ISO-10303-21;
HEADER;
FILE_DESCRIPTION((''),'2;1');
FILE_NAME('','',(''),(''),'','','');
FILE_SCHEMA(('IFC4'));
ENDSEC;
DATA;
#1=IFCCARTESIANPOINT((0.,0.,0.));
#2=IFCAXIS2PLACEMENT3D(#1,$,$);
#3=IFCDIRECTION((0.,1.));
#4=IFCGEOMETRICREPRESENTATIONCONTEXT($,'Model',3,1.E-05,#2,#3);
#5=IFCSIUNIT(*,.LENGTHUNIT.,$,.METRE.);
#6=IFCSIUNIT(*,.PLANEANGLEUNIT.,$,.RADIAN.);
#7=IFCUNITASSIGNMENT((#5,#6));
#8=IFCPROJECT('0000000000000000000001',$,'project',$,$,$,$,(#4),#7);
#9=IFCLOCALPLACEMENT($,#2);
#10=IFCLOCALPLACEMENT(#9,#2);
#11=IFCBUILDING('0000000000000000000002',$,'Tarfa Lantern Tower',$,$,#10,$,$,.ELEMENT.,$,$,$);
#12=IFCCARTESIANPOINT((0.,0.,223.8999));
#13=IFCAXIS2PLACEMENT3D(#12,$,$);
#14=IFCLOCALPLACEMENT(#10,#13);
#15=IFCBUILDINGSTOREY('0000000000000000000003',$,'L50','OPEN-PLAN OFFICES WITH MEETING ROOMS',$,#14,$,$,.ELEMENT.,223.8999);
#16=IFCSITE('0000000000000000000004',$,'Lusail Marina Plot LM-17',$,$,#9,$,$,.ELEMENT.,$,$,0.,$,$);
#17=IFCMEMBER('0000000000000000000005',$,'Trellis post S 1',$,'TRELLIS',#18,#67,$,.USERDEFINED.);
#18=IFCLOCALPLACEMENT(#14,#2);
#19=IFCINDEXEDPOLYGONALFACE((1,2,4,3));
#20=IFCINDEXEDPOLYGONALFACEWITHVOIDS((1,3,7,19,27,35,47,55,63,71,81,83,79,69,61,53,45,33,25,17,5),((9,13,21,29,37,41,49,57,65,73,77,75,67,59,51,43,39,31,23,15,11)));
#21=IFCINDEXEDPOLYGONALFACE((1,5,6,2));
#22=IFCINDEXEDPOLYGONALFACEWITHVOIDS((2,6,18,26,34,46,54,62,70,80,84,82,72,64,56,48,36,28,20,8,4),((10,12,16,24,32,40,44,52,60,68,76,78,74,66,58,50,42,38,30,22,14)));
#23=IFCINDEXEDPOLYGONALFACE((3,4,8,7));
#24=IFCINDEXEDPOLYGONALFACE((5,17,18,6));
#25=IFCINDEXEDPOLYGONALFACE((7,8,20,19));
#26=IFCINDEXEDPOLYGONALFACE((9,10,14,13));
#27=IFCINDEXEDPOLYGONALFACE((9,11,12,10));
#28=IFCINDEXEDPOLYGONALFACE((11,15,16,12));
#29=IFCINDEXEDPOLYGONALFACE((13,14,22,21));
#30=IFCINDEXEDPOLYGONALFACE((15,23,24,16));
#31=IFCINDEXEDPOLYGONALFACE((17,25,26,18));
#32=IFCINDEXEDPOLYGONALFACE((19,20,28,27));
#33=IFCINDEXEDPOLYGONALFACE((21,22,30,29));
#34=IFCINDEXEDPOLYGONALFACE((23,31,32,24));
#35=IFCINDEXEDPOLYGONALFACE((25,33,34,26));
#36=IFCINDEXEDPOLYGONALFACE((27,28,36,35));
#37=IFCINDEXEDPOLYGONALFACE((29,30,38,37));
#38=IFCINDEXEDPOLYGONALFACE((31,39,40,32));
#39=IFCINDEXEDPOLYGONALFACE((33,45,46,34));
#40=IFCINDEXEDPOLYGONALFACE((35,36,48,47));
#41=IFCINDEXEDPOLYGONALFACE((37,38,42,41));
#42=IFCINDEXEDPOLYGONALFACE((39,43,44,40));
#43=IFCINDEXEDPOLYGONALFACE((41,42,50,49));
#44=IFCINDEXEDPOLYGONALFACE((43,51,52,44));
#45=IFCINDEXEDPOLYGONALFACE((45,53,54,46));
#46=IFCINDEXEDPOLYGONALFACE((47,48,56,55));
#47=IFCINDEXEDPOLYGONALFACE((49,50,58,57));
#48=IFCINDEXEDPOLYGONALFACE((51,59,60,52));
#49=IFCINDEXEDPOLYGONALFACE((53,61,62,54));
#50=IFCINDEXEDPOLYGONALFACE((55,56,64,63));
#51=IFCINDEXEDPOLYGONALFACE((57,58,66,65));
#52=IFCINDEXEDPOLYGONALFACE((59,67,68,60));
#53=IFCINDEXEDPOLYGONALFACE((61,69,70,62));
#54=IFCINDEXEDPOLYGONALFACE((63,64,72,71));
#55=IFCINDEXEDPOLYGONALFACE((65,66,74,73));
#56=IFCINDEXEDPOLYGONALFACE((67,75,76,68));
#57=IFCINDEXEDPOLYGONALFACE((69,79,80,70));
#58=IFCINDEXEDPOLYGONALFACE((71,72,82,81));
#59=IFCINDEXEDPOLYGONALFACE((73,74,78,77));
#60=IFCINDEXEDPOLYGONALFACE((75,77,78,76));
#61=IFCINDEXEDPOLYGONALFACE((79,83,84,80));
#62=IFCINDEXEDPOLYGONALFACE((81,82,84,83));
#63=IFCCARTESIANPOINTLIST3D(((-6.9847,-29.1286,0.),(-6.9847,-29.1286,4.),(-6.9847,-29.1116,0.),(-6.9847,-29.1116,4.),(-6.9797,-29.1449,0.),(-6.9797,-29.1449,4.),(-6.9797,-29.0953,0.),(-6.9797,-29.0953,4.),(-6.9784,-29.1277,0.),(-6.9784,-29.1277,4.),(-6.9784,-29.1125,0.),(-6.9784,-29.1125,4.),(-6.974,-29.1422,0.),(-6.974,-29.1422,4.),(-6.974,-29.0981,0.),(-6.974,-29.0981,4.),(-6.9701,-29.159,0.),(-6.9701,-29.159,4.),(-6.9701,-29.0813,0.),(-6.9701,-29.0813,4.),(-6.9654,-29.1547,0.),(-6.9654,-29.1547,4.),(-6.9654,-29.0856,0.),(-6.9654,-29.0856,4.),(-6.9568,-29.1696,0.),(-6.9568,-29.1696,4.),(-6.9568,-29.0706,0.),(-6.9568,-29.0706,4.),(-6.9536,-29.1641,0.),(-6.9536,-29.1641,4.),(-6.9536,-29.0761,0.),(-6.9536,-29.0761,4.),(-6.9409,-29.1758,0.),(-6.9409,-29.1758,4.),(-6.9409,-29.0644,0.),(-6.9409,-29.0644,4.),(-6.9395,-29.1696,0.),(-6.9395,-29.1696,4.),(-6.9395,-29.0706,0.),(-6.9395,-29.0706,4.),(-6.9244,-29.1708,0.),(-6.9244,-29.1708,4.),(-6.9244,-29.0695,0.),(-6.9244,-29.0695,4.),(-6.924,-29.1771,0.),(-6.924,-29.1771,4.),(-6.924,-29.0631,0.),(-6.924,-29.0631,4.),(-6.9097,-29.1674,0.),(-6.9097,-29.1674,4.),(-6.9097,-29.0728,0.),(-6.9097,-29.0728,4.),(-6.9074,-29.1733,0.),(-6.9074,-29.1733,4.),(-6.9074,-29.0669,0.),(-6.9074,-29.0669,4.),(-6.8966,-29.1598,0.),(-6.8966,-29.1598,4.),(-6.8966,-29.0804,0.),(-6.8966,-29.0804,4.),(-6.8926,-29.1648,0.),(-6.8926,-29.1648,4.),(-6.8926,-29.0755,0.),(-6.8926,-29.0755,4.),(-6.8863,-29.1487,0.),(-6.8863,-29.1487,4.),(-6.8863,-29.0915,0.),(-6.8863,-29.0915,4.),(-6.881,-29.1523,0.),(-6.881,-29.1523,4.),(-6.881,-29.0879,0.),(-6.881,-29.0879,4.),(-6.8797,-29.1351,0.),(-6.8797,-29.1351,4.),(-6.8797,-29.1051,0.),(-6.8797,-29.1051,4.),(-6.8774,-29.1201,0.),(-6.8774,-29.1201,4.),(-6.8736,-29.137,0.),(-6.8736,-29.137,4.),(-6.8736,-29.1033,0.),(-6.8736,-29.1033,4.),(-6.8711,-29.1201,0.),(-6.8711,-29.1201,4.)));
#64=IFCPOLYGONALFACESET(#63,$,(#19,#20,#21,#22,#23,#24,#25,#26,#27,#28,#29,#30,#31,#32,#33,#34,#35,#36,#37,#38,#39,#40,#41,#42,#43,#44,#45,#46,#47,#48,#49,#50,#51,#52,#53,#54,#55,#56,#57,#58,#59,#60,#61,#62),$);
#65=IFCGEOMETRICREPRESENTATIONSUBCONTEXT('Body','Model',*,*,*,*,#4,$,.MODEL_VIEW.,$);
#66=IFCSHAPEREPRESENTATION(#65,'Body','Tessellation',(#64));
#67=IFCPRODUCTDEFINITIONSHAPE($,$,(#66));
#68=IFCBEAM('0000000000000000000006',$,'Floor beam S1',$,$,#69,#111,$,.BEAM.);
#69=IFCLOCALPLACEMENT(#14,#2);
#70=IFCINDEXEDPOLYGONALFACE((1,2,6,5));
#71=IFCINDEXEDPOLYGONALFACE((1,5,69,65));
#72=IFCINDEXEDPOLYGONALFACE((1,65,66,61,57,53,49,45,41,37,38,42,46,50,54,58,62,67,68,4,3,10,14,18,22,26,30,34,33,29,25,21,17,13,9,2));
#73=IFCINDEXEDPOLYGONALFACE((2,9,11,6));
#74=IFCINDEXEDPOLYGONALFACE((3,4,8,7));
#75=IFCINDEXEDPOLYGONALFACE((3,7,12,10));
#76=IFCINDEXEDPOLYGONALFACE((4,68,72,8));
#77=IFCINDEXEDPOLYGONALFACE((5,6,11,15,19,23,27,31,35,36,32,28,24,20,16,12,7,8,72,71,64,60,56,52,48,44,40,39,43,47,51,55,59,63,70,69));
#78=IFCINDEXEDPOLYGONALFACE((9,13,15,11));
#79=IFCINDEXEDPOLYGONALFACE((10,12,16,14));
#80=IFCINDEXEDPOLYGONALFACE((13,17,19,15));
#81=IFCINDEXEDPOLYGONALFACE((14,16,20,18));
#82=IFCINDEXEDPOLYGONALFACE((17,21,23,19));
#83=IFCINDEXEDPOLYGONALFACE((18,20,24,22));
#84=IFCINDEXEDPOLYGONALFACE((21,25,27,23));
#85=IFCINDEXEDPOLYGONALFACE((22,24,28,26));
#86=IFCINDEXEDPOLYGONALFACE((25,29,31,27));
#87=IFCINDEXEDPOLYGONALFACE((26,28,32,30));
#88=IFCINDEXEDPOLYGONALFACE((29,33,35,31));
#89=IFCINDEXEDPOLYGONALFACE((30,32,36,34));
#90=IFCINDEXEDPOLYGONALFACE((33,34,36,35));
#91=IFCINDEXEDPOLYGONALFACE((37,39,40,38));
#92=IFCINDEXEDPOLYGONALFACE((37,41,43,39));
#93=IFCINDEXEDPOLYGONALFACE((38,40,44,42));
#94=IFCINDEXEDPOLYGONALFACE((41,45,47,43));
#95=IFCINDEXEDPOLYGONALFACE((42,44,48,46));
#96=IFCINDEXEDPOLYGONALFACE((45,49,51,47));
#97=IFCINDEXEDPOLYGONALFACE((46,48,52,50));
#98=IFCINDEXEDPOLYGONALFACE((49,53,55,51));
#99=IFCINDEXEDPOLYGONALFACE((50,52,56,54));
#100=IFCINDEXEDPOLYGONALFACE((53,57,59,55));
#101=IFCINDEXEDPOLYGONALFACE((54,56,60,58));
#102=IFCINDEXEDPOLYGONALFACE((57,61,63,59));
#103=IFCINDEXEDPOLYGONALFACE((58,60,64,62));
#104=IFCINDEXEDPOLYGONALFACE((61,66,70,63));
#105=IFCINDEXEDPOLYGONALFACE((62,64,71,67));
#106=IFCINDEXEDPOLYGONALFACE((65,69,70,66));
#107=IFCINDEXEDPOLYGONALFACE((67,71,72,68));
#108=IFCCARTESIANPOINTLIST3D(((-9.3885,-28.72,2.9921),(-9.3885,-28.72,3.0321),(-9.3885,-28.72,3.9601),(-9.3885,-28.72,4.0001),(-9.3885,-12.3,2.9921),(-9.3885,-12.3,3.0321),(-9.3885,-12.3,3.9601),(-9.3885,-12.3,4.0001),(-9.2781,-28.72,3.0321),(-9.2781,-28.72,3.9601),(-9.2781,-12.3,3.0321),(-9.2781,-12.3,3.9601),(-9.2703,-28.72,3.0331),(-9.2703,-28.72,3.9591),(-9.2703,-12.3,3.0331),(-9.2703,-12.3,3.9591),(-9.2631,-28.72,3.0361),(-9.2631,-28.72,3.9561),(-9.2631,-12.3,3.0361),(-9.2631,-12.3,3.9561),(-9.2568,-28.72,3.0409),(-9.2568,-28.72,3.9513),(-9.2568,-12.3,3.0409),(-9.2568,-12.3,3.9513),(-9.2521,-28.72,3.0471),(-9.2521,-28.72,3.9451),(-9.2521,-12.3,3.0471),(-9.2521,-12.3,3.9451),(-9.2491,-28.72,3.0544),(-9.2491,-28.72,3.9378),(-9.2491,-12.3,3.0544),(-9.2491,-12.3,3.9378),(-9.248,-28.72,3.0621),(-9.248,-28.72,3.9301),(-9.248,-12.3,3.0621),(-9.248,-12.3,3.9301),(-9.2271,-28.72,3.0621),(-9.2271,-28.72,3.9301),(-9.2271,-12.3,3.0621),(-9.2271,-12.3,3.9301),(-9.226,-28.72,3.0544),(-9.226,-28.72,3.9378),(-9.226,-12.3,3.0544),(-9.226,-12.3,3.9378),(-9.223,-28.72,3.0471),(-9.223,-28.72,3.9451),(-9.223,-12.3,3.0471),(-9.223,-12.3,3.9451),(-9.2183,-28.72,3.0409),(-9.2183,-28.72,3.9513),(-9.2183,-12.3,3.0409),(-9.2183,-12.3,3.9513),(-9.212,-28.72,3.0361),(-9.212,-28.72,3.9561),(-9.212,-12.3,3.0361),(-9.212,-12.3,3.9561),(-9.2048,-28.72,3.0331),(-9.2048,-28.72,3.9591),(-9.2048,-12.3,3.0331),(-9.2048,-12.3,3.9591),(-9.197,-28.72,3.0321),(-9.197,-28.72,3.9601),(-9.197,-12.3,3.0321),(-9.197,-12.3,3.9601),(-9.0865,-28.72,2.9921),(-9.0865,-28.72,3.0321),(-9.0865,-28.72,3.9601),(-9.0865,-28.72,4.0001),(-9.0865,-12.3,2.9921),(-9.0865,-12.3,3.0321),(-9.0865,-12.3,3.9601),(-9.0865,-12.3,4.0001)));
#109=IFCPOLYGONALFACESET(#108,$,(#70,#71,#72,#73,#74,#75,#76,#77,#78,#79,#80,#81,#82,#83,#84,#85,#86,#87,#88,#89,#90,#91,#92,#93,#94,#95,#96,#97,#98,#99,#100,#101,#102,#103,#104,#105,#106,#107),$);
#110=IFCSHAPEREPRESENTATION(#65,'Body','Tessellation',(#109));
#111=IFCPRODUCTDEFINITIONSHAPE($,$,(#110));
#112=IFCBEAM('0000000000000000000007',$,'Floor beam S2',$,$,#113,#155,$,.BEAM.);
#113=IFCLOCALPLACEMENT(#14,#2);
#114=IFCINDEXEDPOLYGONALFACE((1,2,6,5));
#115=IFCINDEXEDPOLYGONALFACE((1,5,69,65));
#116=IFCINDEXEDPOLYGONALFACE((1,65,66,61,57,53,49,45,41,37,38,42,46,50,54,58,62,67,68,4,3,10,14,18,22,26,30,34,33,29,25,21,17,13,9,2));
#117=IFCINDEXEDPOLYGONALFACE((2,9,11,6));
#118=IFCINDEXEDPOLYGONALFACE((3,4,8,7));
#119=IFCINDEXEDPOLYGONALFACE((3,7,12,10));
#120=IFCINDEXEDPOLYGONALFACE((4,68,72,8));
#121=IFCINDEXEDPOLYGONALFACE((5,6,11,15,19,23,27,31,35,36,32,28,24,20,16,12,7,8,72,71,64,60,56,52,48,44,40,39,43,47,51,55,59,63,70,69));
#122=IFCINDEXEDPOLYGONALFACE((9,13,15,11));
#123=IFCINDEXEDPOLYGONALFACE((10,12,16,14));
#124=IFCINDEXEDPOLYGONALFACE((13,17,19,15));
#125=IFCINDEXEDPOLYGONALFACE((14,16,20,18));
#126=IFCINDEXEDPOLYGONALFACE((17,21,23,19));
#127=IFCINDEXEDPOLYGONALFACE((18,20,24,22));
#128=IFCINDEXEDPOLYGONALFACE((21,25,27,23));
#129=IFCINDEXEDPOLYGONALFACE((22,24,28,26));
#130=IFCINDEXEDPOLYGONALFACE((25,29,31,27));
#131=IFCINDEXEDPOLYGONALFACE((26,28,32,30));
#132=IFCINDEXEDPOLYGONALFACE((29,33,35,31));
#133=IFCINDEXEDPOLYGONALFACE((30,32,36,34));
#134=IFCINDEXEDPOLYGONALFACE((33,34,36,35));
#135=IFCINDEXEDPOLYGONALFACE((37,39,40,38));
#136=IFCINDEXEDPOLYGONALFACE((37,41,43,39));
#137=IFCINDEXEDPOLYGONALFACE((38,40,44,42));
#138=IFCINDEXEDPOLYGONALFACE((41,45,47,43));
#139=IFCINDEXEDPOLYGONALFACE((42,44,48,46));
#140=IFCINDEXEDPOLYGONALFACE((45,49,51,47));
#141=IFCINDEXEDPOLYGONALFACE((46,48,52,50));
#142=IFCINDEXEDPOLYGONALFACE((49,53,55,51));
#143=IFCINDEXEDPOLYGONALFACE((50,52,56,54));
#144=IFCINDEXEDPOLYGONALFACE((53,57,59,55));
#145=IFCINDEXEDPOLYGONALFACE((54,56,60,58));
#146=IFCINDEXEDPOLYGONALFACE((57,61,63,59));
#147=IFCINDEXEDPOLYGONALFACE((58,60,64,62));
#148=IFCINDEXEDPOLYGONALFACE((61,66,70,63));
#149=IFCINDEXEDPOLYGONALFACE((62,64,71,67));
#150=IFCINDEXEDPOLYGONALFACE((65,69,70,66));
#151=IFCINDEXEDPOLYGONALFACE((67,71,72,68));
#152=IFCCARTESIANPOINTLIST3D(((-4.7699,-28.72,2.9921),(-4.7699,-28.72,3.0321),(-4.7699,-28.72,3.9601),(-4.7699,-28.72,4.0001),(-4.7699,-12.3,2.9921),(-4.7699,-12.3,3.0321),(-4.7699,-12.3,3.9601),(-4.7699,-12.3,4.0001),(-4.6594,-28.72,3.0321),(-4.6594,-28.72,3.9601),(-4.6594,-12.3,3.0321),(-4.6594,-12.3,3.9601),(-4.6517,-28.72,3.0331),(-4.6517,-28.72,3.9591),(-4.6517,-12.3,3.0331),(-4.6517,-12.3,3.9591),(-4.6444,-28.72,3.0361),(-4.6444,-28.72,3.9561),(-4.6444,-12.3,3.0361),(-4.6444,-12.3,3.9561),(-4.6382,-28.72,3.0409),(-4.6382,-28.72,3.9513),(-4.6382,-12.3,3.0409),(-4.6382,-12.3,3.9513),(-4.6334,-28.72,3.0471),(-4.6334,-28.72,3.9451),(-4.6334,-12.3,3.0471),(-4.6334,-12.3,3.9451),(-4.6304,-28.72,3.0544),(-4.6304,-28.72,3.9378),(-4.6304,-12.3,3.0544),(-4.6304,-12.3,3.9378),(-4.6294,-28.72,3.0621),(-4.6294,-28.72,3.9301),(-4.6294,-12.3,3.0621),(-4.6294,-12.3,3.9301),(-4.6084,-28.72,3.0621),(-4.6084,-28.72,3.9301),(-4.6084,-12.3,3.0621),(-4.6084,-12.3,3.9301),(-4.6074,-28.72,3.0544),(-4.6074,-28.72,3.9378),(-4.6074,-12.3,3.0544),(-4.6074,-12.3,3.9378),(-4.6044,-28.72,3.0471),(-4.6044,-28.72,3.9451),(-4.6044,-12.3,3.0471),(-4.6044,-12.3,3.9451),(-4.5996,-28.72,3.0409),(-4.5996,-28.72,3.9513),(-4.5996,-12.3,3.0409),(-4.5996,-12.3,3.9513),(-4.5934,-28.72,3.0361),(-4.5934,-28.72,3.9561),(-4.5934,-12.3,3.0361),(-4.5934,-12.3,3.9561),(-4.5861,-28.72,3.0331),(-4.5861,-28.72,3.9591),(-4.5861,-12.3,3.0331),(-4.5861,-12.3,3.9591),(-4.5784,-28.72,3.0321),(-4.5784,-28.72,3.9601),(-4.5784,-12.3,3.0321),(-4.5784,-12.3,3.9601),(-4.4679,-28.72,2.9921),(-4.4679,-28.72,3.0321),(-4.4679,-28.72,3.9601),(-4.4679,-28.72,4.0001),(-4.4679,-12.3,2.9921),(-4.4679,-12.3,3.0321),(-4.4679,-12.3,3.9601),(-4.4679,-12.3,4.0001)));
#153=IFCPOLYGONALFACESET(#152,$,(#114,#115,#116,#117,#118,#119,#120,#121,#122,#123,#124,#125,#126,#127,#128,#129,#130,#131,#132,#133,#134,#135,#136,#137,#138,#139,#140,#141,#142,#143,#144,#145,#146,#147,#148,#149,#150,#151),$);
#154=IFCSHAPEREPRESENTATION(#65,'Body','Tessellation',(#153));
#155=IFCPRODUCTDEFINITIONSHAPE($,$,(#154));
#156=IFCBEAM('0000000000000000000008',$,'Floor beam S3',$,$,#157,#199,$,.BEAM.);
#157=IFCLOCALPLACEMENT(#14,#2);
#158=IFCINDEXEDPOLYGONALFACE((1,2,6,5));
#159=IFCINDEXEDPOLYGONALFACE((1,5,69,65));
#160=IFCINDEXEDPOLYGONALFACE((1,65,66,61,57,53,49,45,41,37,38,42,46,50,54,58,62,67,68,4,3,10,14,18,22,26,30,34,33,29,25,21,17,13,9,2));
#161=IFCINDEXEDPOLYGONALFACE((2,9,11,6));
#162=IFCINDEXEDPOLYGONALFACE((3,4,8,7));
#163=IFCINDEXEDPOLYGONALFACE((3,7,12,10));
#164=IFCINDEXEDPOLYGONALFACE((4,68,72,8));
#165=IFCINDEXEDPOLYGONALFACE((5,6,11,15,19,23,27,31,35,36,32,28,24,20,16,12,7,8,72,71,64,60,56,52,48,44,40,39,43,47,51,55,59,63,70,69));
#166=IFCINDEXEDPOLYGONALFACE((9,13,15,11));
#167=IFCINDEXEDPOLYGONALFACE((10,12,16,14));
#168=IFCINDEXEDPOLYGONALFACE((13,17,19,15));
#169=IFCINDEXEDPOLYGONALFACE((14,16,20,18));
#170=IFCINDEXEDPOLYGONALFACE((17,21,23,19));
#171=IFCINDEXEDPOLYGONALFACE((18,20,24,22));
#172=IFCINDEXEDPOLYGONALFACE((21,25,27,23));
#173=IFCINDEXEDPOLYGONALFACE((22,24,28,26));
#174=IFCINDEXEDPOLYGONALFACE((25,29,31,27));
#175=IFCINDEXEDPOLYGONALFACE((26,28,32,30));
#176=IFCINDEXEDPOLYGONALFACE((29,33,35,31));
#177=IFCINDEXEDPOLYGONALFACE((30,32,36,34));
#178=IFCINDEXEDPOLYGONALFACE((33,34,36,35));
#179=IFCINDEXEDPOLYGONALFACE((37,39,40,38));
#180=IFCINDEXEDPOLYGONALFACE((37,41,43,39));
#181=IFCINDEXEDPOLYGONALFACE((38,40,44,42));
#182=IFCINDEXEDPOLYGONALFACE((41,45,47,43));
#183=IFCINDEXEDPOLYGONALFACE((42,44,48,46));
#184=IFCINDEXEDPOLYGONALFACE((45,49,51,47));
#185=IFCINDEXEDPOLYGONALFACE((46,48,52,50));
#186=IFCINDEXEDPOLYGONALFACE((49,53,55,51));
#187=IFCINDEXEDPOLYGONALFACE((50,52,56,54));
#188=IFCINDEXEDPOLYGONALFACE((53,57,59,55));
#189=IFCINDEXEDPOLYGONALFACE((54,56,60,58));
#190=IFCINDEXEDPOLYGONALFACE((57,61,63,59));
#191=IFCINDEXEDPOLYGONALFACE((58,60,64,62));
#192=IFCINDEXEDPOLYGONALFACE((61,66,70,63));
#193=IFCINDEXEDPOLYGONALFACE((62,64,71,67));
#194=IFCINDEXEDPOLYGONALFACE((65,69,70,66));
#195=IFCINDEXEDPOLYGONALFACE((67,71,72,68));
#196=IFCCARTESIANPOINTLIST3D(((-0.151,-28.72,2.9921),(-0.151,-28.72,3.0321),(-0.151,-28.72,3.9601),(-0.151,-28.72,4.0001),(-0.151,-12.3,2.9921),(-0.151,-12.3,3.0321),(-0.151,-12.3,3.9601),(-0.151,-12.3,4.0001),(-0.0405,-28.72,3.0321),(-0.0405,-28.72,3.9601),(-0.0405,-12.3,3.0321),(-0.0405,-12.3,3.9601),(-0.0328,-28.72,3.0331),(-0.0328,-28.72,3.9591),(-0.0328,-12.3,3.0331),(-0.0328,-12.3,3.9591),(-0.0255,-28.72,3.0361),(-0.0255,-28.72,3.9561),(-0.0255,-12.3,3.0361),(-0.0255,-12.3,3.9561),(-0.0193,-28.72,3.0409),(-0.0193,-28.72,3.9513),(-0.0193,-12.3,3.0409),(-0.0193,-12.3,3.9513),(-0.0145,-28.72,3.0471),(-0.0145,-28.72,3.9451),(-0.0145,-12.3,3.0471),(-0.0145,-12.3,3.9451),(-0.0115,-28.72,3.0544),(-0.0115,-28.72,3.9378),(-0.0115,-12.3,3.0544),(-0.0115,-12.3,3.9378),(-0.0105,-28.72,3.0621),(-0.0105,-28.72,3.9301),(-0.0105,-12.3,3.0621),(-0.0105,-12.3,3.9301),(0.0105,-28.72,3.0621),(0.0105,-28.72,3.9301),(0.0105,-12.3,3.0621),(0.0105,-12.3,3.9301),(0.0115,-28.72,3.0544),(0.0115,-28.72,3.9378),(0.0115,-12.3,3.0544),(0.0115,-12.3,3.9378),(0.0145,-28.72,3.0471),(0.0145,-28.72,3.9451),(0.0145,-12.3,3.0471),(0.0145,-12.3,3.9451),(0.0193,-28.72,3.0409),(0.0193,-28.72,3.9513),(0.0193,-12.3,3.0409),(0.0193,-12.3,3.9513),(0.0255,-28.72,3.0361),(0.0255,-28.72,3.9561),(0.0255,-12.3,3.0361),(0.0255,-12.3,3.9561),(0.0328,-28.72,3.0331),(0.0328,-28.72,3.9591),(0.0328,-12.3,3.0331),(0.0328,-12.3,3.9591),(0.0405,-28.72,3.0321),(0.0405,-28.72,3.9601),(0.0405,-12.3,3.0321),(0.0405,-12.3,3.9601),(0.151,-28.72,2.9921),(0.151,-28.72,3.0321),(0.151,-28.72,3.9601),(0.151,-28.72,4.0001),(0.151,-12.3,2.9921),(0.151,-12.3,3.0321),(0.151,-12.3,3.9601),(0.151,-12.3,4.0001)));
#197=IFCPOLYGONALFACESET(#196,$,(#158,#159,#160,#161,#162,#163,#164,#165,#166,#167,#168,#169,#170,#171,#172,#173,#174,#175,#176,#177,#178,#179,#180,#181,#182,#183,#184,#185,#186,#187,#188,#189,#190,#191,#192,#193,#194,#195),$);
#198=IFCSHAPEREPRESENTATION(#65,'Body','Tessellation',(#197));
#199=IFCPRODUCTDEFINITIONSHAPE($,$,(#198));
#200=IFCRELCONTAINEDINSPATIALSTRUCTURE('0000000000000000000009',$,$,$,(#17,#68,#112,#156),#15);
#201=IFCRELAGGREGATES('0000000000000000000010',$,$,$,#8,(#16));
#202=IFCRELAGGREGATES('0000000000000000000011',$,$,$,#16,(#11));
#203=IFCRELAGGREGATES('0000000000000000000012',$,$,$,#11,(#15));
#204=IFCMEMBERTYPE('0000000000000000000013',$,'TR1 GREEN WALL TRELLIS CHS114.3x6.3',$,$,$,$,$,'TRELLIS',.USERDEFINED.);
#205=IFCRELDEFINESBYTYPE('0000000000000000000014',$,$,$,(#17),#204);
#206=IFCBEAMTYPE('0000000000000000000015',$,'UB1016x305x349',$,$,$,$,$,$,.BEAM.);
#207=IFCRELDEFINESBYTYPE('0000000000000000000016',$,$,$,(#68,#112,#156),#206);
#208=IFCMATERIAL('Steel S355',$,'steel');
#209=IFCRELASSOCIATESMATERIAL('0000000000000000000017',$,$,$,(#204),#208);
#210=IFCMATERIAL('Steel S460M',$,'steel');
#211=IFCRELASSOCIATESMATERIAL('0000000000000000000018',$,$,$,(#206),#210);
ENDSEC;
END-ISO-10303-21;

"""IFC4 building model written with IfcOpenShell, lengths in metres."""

from ifc_helpers import new_model, si_unit, direction, frame, origin, origin_2d, place, context, subcontext, project, spatial, hollow_circle, i_section, extrude, material, material_profile, profile_set, type_object, element, save


model = new_model("IFC4")

# Units and contexts
model_context = context("Model", 3, precision=1e-05, world=origin(), true_north=direction((0.0, 1.0)))
body_context = subcontext(model_context, "Body", "Model", "MODEL_VIEW")
ifc_project = project(units=[si_unit("LENGTHUNIT", "METRE"), si_unit("PLANEANGLEUNIT", "RADIAN")], contexts=[model_context])

# Site, building, storey
site_placement = place(None, origin())
site = spatial("IfcSite", under=ifc_project, at=site_placement, Name="Lusail Marina Plot LM-17", CompositionType="ELEMENT", RefElevation=0.0)
building_placement = place(site_placement, origin())
building = spatial("IfcBuilding", under=site, at=building_placement, Name="Tarfa Lantern Tower", CompositionType="ELEMENT")
storey_placement = place(building_placement, frame((0.0, 0.0, 223.8999)))
storey = spatial("IfcBuildingStorey", under=building, at=storey_placement, Name="L50", Description="OPEN-PLAN OFFICES WITH MEETING ROOMS", CompositionType="ELEMENT", Elevation=223.8999)

# Member
ifc_material_1 = material(Name="Steel S355", Category="steel")
ifc_material_profile_1 = material_profile(ifc_material_1, hollow_circle(Radius=0.0571, WallThickness=0.0063, at=origin_2d()), Name="CHS114.3x6.3")
ifc_profile_set_1 = profile_set([ifc_material_profile_1], Name="Steel S355")
member_type_1 = type_object("IfcMemberType", Name="TR1 GREEN WALL TRELLIS CHS114.3x6.3", ElementType="TRELLIS", PredefinedType="USERDEFINED", material=ifc_profile_set_1)
member_1_placement = place(storey_placement, frame((-6.9282, -29.1201, 0.0), z_axis=(0.0, 0.0, 1.0), x_axis=(1.0, 0.0, 0.0)))
element("IfcMember", 1, at=member_1_placement, inside=storey, type_object=member_type_1, Name="Trellis post S 1", ObjectType="TRELLIS", PredefinedType="USERDEFINED", context=body_context, shape_type="SweptSolid", body=[
    extrude(hollow_circle(Radius=0.0571, WallThickness=0.0063, at=origin_2d()), origin(), (0.0, 0.0, 1.0), 4.0),
])

# Beams
ifc_material_2 = material(Name="Steel S460M", Category="steel")
ifc_material_profile_2 = material_profile(ifc_material_2, i_section(OverallWidth=0.302, OverallDepth=1.0081, WebThickness=0.021, FlangeThickness=0.04, FilletRadius=0.03, at=origin_2d()), Name="UB1016x305x349")
ifc_profile_set_2 = profile_set([ifc_material_profile_2], Name="Steel S460M")
beam_type_1 = type_object("IfcBeamType", Name="UB1016x305x349", PredefinedType="BEAM", material=ifc_profile_set_2)
for number, where, z_axis, x_axis, name in (
    (2, (-9.2375, -28.72, 3.4961), (0.0, 1.0, 0.0), (-1.0, 0.0, 0.0), "Floor beam S1"),
    (3, (-4.6189, -28.72, 3.4961), (0.0, 1.0, 0.0), (-1.0, 0.0, 0.0), "Floor beam S2"),
    (4, (0.0, -28.72, 3.4961), (0.0, 1.0, 0.0), (-1.0, 0.0, 0.0), "Floor beam S3"),
):
    element("IfcBeam", number, at=place(storey_placement, frame(where, z_axis=z_axis, x_axis=x_axis)), inside=storey, type_object=beam_type_1, Name=name, PredefinedType="BEAM", context=body_context, shape_type="SweptSolid", body=[
        extrude(i_section(OverallWidth=0.302, OverallDepth=1.0081, WebThickness=0.021, FlangeThickness=0.04, FilletRadius=0.03, at=origin_2d()), origin(), (0.0, 0.0, 1.0), 16.4199),
    ])

save(model, "model.ifc")
